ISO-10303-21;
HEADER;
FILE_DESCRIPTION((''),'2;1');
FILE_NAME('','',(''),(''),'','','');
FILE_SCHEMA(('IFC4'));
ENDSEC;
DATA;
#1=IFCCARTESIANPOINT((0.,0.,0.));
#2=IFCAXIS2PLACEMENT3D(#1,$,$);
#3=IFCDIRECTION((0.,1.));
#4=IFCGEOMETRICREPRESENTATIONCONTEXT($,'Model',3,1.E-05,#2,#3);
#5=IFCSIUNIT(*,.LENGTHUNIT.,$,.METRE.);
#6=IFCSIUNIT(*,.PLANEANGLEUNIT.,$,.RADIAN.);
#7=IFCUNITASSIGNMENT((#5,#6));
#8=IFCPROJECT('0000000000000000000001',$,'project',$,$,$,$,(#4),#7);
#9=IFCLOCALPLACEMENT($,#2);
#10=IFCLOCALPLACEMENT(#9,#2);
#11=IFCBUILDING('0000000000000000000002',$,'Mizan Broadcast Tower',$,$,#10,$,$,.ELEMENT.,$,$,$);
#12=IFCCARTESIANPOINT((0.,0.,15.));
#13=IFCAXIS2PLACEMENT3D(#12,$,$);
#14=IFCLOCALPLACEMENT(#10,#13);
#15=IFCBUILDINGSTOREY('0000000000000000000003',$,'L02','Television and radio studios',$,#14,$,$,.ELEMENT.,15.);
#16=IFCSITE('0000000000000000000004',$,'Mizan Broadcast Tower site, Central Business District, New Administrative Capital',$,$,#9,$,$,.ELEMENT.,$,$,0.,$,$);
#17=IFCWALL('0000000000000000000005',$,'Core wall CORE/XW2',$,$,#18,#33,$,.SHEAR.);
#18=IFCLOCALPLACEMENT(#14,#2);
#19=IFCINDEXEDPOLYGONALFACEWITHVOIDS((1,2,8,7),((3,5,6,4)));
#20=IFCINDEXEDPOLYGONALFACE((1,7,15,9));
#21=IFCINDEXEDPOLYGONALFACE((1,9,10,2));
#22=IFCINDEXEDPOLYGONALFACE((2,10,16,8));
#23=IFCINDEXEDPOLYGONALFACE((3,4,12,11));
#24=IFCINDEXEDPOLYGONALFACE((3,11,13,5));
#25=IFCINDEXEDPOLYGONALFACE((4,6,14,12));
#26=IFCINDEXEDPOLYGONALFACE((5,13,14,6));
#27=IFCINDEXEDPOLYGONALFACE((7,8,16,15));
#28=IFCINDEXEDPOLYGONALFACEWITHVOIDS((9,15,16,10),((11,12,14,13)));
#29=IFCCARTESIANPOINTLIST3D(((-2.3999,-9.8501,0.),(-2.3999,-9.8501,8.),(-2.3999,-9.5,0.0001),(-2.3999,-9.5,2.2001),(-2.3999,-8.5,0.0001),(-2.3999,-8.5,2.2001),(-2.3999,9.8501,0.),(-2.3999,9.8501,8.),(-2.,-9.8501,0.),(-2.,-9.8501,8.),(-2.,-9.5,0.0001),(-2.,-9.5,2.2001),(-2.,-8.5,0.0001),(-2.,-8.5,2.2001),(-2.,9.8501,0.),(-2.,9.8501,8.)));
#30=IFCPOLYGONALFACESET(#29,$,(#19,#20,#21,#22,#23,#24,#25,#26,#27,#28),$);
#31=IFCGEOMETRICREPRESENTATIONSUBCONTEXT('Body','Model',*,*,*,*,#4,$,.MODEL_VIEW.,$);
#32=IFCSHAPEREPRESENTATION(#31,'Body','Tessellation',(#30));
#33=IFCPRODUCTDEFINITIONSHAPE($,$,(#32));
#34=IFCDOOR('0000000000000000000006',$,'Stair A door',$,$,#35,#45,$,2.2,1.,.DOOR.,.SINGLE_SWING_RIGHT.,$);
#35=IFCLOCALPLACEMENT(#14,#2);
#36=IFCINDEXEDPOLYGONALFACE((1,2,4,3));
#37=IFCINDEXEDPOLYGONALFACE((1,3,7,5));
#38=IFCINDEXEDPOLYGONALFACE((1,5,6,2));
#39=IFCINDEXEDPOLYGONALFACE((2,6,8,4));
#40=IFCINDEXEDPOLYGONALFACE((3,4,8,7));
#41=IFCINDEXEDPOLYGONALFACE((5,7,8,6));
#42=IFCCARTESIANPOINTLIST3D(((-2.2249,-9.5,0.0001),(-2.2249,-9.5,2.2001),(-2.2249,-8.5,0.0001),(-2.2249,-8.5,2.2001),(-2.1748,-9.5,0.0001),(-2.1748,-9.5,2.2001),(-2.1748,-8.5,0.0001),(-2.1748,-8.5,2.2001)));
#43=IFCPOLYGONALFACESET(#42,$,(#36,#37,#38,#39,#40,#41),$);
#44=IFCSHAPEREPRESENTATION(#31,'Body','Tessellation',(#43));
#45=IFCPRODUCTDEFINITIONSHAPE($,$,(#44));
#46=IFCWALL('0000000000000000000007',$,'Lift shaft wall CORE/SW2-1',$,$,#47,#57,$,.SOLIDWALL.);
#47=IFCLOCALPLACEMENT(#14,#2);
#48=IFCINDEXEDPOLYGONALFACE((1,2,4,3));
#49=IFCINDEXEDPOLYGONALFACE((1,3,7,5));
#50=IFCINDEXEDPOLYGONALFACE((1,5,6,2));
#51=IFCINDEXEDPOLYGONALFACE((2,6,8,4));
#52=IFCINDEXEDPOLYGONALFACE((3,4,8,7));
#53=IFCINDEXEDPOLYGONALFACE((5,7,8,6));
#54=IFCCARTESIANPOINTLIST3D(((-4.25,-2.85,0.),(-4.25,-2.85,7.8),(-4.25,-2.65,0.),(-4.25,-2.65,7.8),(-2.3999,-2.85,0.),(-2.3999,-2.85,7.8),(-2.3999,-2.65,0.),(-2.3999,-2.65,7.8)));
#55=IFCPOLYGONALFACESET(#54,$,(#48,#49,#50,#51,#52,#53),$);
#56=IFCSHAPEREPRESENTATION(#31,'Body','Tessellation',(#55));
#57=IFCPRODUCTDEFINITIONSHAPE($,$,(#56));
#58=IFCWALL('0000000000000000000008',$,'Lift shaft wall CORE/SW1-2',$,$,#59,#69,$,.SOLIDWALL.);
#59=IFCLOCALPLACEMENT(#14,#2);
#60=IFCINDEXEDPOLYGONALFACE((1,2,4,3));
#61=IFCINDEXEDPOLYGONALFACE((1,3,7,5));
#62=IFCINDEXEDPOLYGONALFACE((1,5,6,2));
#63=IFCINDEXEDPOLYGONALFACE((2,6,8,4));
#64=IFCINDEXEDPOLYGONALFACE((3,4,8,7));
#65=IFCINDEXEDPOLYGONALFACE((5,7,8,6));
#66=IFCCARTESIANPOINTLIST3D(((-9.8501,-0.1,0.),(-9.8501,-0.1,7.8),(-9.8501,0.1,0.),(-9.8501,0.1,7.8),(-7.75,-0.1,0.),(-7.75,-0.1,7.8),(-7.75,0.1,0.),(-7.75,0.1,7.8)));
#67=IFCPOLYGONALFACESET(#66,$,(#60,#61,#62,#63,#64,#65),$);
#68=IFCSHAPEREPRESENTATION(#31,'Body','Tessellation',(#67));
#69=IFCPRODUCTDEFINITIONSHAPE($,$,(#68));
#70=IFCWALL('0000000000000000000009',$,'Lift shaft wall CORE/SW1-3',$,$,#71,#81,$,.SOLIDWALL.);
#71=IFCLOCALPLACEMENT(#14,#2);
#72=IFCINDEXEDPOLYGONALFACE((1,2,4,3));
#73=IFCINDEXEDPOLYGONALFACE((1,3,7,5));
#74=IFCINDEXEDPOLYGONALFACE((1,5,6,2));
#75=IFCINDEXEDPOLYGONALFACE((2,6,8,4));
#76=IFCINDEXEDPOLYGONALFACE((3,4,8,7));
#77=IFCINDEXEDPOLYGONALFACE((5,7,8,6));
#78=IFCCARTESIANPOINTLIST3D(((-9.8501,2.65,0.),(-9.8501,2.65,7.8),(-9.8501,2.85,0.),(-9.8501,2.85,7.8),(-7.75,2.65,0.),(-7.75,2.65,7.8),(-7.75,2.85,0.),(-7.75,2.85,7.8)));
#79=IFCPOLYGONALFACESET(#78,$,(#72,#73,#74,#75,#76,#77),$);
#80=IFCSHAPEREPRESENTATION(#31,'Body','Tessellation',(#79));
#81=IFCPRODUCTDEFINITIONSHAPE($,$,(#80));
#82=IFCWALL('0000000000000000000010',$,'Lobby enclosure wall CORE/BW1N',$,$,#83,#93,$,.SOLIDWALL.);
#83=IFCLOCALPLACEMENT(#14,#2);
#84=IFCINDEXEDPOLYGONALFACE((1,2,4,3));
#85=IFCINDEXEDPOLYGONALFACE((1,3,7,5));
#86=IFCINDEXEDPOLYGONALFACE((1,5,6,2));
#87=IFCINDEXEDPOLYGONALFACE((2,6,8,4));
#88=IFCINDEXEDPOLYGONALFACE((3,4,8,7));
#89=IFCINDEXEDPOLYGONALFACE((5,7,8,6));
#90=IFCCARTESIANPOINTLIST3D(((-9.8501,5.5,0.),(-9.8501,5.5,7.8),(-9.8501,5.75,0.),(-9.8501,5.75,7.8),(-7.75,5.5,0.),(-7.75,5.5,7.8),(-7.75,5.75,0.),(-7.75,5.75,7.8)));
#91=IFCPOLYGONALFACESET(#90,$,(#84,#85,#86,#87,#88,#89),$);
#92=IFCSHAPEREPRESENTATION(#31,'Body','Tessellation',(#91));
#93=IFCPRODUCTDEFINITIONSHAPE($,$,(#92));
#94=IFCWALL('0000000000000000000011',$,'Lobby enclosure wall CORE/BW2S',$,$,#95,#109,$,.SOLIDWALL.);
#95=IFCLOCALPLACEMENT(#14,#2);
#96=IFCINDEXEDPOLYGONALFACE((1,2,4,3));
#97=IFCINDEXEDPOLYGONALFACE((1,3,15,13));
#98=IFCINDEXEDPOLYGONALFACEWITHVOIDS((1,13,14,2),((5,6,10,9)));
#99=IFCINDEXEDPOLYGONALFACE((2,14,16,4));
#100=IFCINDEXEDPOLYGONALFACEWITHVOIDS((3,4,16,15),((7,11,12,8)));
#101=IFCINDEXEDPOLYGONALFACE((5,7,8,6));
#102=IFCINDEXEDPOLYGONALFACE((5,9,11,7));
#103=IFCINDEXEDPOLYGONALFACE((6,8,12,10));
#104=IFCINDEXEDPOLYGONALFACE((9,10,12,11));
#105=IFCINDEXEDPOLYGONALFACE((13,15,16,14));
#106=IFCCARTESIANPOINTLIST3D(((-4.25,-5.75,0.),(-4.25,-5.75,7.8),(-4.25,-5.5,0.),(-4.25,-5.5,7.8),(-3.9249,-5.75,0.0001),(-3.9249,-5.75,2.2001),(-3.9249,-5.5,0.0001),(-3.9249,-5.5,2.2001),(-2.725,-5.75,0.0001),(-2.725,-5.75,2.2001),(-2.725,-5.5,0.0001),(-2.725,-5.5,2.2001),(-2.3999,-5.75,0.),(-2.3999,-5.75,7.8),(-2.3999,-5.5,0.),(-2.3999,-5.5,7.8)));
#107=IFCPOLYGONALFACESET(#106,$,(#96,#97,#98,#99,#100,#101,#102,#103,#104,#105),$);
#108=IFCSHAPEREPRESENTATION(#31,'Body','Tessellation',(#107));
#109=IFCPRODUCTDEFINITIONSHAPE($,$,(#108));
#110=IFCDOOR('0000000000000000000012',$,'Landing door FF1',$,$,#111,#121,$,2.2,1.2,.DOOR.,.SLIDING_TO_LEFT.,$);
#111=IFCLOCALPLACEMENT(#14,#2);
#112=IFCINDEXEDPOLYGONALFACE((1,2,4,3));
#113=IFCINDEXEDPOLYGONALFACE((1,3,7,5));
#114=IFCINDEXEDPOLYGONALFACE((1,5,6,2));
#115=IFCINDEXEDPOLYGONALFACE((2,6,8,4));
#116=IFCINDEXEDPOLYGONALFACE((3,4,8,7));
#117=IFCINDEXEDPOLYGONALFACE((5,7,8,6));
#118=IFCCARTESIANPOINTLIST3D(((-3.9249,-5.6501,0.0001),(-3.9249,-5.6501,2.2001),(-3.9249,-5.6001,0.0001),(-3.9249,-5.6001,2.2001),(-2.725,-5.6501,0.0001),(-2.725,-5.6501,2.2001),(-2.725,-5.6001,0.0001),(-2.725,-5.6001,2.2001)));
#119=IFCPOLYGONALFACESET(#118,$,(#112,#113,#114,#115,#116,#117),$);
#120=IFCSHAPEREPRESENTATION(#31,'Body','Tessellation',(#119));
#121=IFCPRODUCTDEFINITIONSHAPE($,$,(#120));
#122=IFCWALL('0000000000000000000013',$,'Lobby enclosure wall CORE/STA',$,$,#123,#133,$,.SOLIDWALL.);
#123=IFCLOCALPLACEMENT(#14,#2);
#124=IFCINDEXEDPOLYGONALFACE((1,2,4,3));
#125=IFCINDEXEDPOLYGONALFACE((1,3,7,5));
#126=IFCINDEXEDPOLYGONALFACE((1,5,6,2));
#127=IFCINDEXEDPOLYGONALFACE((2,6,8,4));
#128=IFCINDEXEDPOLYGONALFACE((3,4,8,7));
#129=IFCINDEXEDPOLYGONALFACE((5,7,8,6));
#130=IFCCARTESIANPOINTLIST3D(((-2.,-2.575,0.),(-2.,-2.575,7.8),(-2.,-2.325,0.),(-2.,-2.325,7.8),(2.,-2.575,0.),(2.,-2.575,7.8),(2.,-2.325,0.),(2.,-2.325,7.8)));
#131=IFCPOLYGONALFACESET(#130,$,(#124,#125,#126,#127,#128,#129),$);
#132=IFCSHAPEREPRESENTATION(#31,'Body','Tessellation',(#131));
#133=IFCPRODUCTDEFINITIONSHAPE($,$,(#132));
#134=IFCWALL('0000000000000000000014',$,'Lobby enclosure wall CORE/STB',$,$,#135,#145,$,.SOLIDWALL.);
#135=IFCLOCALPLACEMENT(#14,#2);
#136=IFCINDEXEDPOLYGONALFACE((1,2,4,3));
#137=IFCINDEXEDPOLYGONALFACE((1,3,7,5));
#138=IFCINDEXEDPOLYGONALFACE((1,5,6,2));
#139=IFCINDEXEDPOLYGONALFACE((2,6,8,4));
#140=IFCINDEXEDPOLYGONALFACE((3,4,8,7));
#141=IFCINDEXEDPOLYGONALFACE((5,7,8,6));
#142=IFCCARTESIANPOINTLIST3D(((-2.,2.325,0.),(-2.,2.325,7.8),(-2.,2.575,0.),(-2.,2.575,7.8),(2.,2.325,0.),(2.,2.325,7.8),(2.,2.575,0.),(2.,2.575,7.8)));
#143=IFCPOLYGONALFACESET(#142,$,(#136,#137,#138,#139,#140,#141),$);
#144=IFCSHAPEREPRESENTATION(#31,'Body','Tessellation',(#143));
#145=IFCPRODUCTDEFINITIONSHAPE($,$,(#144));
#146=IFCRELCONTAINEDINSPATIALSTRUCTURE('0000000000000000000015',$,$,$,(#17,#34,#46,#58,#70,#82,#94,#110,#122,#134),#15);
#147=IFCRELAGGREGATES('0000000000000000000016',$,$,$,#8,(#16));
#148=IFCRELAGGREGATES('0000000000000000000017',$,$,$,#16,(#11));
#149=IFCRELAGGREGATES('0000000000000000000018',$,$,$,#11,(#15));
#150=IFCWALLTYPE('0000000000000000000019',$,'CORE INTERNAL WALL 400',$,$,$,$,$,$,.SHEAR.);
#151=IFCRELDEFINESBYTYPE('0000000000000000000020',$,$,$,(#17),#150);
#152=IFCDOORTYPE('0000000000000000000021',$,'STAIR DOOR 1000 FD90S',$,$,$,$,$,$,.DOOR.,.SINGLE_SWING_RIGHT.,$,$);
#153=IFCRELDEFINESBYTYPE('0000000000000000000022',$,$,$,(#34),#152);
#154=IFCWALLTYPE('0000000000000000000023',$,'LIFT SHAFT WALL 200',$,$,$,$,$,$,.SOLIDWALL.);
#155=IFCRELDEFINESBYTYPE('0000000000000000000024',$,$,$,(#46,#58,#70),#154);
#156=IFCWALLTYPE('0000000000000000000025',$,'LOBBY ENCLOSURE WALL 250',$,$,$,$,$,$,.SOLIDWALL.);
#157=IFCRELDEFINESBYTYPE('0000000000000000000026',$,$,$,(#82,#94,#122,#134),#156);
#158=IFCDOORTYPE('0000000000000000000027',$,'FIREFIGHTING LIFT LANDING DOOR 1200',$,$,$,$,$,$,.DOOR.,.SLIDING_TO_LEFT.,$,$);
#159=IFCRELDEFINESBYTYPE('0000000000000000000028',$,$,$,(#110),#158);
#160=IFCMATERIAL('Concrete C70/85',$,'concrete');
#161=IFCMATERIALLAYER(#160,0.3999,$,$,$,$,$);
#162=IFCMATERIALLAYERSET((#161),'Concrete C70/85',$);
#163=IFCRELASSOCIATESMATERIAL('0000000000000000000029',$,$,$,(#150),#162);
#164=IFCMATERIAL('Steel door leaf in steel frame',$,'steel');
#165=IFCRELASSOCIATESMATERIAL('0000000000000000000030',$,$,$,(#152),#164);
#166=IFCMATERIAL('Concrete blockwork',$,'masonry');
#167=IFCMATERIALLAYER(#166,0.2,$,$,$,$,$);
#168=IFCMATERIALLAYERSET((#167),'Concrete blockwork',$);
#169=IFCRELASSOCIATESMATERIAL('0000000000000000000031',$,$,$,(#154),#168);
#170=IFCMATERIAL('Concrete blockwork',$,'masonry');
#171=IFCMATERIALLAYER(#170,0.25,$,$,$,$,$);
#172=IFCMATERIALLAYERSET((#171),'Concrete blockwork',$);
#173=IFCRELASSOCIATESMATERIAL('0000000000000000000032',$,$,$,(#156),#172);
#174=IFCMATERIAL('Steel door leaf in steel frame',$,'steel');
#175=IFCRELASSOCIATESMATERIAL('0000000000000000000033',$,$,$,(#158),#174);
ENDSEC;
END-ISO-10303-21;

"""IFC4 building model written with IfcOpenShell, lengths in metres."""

from ifc_helpers import new_model, si_unit, direction, frame, frame_2d, origin, place, context, subcontext, project, spatial, rectangle, extrude, material, layer, layer_set, type_object, element, fill, save


model = new_model("IFC4")

# Units and contexts
model_context = context("Model", 3, precision=1e-05, world=origin(), true_north=direction((0.0, 1.0)))
body_context = subcontext(model_context, "Body", "Model", "MODEL_VIEW")
ifc_project = project(units=[si_unit("LENGTHUNIT", "METRE"), si_unit("PLANEANGLEUNIT", "RADIAN")], contexts=[model_context])

# Site, building, storey
site_placement = place(None, origin())
site = spatial("IfcSite", under=ifc_project, at=site_placement, Name="Mizan Broadcast Tower site, Central Business District, New Administrative Capital", CompositionType="ELEMENT", RefElevation=0.0)
building_placement = place(site_placement, origin())
building = spatial("IfcBuilding", under=site, at=building_placement, Name="Mizan Broadcast Tower", CompositionType="ELEMENT")
storey_placement = place(building_placement, frame((0.0, 0.0, 15.0)))
storey = spatial("IfcBuildingStorey", under=building, at=storey_placement, Name="L02", Description="Television and radio studios", CompositionType="ELEMENT", Elevation=15.0)

# Wall, opening, door
ifc_material_1 = material(Name="Concrete C70/85", Category="concrete")
ifc_layer_1 = layer(ifc_material_1, 0.3999)
ifc_layer_set_1 = layer_set([ifc_layer_1], Name="Concrete C70/85")
wall_type_1 = type_object("IfcWallType", Name="CORE INTERNAL WALL 400", PredefinedType="SHEAR", material=ifc_layer_set_1)
wall_1_placement = place(storey_placement, frame((-2.2, -9.8501, 0.0), z_axis=(0.0, 0.0, 1.0), x_axis=(0.0, 1.0, 0.0)))
wall_1 = element("IfcWall", 1, at=wall_1_placement, inside=storey, type_object=wall_type_1, Name="Core wall CORE/XW2", PredefinedType="SHEAR", context=body_context, shape_type="SweptSolid", body=[
    extrude(rectangle(XDim=19.7002, YDim=0.3999, at=frame_2d((9.8501, 0.0))), origin(), (0.0, 0.0, 1.0), 8.0),
])
opening_1_placement = place(wall_1_placement, frame((0.3501, 0.0, 0.0)))
opening_1 = element("IfcOpeningElement", 2, at=opening_1_placement, cuts=wall_1, PredefinedType="OPENING", context=body_context, shape_type="SweptSolid", body=[
    extrude(rectangle(XDim=1.0, YDim=2.2, at=frame_2d((0.5, 1.1001))), frame((0.0, 0.21, 0.0), z_axis=(0.0, -1.0, 0.0), x_axis=(1.0, 0.0, 0.0)), (0.0, 0.0, 1.0), 0.4199),
])
ifc_material_2 = material(Name="Steel door leaf in steel frame", Category="steel")
door_type_1 = type_object("IfcDoorType", Name="STAIR DOOR 1000 FD90S", OperationType="SINGLE_SWING_RIGHT", PredefinedType="DOOR", material=ifc_material_2)
door_1_placement = place(opening_1_placement, origin())
door_1 = element("IfcDoor", 3, at=door_1_placement, inside=storey, type_object=door_type_1, Name="Stair A door", OperationType="SINGLE_SWING_RIGHT", OverallHeight=2.2, OverallWidth=1.0, PredefinedType="DOOR", context=body_context, shape_type="SweptSolid", body=[
    extrude(rectangle(XDim=1.0, YDim=2.2, at=frame_2d((0.5, 1.1001))), frame((0.0, 0.0249, 0.0), z_axis=(0.0, -1.0, 0.0), x_axis=(1.0, 0.0, 0.0)), (0.0, 0.0, 1.0), 0.05),
])
fill(opening_1, door_1)

# Walls
ifc_material_3 = material(Name="Concrete blockwork", Category="masonry")
ifc_layer_2 = layer(ifc_material_3, 0.2)
ifc_layer_set_2 = layer_set([ifc_layer_2], Name="Concrete blockwork")
wall_type_2 = type_object("IfcWallType", Name="LIFT SHAFT WALL 200", PredefinedType="SOLIDWALL", material=ifc_layer_set_2)
wall_2_placement = place(storey_placement, frame((-4.25, -2.75, 0.0), z_axis=(0.0, 0.0, 1.0), x_axis=(1.0, 0.0, 0.0)))
element("IfcWall", 4, at=wall_2_placement, inside=storey, type_object=wall_type_2, Name="Lift shaft wall CORE/SW2-1", PredefinedType="SOLIDWALL", context=body_context, shape_type="SweptSolid", body=[
    extrude(rectangle(XDim=1.8501, YDim=0.2, at=frame_2d((0.925, 0.0))), origin(), (0.0, 0.0, 1.0), 7.8),
])
for number, where, z_axis, x_axis, name in (
    (5, (-9.8501, 0.0, 0.0), (0.0, 0.0, 1.0), (1.0, 0.0, 0.0), "Lift shaft wall CORE/SW1-2"),
    (6, (-9.8501, 2.75, 0.0), (0.0, 0.0, 1.0), (1.0, 0.0, 0.0), "Lift shaft wall CORE/SW1-3"),
):
    element("IfcWall", number, at=place(storey_placement, frame(where, z_axis=z_axis, x_axis=x_axis)), inside=storey, type_object=wall_type_2, Name=name, PredefinedType="SOLIDWALL", context=body_context, shape_type="SweptSolid", body=[
        extrude(rectangle(XDim=2.1001, YDim=0.2, at=frame_2d((1.05, 0.0))), origin(), (0.0, 0.0, 1.0), 7.8),
    ])
ifc_material_4 = material(Name="Concrete blockwork", Category="masonry")
ifc_layer_3 = layer(ifc_material_4, 0.25)
ifc_layer_set_3 = layer_set([ifc_layer_3], Name="Concrete blockwork")
wall_type_3 = type_object("IfcWallType", Name="LOBBY ENCLOSURE WALL 250", PredefinedType="SOLIDWALL", material=ifc_layer_set_3)
wall_3_placement = place(storey_placement, frame((-9.8501, 5.625, 0.0), z_axis=(0.0, 0.0, 1.0), x_axis=(1.0, 0.0, 0.0)))
element("IfcWall", 7, at=wall_3_placement, inside=storey, type_object=wall_type_3, Name="Lobby enclosure wall CORE/BW1N", PredefinedType="SOLIDWALL", context=body_context, shape_type="SweptSolid", body=[
    extrude(rectangle(XDim=2.1001, YDim=0.25, at=frame_2d((1.05, 0.0))), origin(), (0.0, 0.0, 1.0), 7.8),
])

# Wall, opening, door
wall_4_placement = place(storey_placement, frame((-4.25, -5.625, 0.0), z_axis=(0.0, 0.0, 1.0), x_axis=(1.0, 0.0, 0.0)))
wall_4 = element("IfcWall", 8, at=wall_4_placement, inside=storey, type_object=wall_type_3, Name="Lobby enclosure wall CORE/BW2S", PredefinedType="SOLIDWALL", context=body_context, shape_type="SweptSolid", body=[
    extrude(rectangle(XDim=1.8501, YDim=0.25, at=frame_2d((0.925, 0.0))), origin(), (0.0, 0.0, 1.0), 7.8),
])
opening_2_placement = place(wall_4_placement, frame((0.325, 0.0, 0.0)))
opening_2 = element("IfcOpeningElement", 9, at=opening_2_placement, cuts=wall_4, PredefinedType="OPENING", context=body_context, shape_type="SweptSolid", body=[
    extrude(rectangle(XDim=1.2, YDim=2.2, at=frame_2d((0.6001, 1.1001))), frame((0.0, 0.135, 0.0), z_axis=(0.0, -1.0, 0.0), x_axis=(1.0, 0.0, 0.0)), (0.0, 0.0, 1.0), 0.27),
])
ifc_material_5 = material(Name="Steel door leaf in steel frame", Category="steel")
door_type_2 = type_object("IfcDoorType", Name="FIREFIGHTING LIFT LANDING DOOR 1200", OperationType="SLIDING_TO_LEFT", PredefinedType="DOOR", material=ifc_material_5)
door_2_placement = place(opening_2_placement, origin())
door_2 = element("IfcDoor", 10, at=door_2_placement, inside=storey, type_object=door_type_2, Name="Landing door FF1", OperationType="SLIDING_TO_LEFT", OverallHeight=2.2, OverallWidth=1.2, PredefinedType="DOOR", context=body_context, shape_type="SweptSolid", body=[
    extrude(rectangle(XDim=1.2, YDim=2.2, at=frame_2d((0.6001, 1.1001))), frame((0.0, 0.0249, 0.0), z_axis=(0.0, -1.0, 0.0), x_axis=(1.0, 0.0, 0.0)), (0.0, 0.0, 1.0), 0.05),
])
fill(opening_2, door_2)

# Walls
for number, where, z_axis, x_axis, name in (
    (11, (-2.0, -2.45, 0.0), (0.0, 0.0, 1.0), (1.0, 0.0, 0.0), "Lobby enclosure wall CORE/STA"),
    (12, (-2.0, 2.45, 0.0), (0.0, 0.0, 1.0), (1.0, 0.0, 0.0), "Lobby enclosure wall CORE/STB"),
):
    element("IfcWall", number, at=place(storey_placement, frame(where, z_axis=z_axis, x_axis=x_axis)), inside=storey, type_object=wall_type_3, Name=name, PredefinedType="SOLIDWALL", context=body_context, shape_type="SweptSolid", body=[
        extrude(rectangle(XDim=4.0, YDim=0.25, at=frame_2d((2.0, 0.0))), origin(), (0.0, 0.0, 1.0), 7.8),
    ])

save(model, "model.ifc")
